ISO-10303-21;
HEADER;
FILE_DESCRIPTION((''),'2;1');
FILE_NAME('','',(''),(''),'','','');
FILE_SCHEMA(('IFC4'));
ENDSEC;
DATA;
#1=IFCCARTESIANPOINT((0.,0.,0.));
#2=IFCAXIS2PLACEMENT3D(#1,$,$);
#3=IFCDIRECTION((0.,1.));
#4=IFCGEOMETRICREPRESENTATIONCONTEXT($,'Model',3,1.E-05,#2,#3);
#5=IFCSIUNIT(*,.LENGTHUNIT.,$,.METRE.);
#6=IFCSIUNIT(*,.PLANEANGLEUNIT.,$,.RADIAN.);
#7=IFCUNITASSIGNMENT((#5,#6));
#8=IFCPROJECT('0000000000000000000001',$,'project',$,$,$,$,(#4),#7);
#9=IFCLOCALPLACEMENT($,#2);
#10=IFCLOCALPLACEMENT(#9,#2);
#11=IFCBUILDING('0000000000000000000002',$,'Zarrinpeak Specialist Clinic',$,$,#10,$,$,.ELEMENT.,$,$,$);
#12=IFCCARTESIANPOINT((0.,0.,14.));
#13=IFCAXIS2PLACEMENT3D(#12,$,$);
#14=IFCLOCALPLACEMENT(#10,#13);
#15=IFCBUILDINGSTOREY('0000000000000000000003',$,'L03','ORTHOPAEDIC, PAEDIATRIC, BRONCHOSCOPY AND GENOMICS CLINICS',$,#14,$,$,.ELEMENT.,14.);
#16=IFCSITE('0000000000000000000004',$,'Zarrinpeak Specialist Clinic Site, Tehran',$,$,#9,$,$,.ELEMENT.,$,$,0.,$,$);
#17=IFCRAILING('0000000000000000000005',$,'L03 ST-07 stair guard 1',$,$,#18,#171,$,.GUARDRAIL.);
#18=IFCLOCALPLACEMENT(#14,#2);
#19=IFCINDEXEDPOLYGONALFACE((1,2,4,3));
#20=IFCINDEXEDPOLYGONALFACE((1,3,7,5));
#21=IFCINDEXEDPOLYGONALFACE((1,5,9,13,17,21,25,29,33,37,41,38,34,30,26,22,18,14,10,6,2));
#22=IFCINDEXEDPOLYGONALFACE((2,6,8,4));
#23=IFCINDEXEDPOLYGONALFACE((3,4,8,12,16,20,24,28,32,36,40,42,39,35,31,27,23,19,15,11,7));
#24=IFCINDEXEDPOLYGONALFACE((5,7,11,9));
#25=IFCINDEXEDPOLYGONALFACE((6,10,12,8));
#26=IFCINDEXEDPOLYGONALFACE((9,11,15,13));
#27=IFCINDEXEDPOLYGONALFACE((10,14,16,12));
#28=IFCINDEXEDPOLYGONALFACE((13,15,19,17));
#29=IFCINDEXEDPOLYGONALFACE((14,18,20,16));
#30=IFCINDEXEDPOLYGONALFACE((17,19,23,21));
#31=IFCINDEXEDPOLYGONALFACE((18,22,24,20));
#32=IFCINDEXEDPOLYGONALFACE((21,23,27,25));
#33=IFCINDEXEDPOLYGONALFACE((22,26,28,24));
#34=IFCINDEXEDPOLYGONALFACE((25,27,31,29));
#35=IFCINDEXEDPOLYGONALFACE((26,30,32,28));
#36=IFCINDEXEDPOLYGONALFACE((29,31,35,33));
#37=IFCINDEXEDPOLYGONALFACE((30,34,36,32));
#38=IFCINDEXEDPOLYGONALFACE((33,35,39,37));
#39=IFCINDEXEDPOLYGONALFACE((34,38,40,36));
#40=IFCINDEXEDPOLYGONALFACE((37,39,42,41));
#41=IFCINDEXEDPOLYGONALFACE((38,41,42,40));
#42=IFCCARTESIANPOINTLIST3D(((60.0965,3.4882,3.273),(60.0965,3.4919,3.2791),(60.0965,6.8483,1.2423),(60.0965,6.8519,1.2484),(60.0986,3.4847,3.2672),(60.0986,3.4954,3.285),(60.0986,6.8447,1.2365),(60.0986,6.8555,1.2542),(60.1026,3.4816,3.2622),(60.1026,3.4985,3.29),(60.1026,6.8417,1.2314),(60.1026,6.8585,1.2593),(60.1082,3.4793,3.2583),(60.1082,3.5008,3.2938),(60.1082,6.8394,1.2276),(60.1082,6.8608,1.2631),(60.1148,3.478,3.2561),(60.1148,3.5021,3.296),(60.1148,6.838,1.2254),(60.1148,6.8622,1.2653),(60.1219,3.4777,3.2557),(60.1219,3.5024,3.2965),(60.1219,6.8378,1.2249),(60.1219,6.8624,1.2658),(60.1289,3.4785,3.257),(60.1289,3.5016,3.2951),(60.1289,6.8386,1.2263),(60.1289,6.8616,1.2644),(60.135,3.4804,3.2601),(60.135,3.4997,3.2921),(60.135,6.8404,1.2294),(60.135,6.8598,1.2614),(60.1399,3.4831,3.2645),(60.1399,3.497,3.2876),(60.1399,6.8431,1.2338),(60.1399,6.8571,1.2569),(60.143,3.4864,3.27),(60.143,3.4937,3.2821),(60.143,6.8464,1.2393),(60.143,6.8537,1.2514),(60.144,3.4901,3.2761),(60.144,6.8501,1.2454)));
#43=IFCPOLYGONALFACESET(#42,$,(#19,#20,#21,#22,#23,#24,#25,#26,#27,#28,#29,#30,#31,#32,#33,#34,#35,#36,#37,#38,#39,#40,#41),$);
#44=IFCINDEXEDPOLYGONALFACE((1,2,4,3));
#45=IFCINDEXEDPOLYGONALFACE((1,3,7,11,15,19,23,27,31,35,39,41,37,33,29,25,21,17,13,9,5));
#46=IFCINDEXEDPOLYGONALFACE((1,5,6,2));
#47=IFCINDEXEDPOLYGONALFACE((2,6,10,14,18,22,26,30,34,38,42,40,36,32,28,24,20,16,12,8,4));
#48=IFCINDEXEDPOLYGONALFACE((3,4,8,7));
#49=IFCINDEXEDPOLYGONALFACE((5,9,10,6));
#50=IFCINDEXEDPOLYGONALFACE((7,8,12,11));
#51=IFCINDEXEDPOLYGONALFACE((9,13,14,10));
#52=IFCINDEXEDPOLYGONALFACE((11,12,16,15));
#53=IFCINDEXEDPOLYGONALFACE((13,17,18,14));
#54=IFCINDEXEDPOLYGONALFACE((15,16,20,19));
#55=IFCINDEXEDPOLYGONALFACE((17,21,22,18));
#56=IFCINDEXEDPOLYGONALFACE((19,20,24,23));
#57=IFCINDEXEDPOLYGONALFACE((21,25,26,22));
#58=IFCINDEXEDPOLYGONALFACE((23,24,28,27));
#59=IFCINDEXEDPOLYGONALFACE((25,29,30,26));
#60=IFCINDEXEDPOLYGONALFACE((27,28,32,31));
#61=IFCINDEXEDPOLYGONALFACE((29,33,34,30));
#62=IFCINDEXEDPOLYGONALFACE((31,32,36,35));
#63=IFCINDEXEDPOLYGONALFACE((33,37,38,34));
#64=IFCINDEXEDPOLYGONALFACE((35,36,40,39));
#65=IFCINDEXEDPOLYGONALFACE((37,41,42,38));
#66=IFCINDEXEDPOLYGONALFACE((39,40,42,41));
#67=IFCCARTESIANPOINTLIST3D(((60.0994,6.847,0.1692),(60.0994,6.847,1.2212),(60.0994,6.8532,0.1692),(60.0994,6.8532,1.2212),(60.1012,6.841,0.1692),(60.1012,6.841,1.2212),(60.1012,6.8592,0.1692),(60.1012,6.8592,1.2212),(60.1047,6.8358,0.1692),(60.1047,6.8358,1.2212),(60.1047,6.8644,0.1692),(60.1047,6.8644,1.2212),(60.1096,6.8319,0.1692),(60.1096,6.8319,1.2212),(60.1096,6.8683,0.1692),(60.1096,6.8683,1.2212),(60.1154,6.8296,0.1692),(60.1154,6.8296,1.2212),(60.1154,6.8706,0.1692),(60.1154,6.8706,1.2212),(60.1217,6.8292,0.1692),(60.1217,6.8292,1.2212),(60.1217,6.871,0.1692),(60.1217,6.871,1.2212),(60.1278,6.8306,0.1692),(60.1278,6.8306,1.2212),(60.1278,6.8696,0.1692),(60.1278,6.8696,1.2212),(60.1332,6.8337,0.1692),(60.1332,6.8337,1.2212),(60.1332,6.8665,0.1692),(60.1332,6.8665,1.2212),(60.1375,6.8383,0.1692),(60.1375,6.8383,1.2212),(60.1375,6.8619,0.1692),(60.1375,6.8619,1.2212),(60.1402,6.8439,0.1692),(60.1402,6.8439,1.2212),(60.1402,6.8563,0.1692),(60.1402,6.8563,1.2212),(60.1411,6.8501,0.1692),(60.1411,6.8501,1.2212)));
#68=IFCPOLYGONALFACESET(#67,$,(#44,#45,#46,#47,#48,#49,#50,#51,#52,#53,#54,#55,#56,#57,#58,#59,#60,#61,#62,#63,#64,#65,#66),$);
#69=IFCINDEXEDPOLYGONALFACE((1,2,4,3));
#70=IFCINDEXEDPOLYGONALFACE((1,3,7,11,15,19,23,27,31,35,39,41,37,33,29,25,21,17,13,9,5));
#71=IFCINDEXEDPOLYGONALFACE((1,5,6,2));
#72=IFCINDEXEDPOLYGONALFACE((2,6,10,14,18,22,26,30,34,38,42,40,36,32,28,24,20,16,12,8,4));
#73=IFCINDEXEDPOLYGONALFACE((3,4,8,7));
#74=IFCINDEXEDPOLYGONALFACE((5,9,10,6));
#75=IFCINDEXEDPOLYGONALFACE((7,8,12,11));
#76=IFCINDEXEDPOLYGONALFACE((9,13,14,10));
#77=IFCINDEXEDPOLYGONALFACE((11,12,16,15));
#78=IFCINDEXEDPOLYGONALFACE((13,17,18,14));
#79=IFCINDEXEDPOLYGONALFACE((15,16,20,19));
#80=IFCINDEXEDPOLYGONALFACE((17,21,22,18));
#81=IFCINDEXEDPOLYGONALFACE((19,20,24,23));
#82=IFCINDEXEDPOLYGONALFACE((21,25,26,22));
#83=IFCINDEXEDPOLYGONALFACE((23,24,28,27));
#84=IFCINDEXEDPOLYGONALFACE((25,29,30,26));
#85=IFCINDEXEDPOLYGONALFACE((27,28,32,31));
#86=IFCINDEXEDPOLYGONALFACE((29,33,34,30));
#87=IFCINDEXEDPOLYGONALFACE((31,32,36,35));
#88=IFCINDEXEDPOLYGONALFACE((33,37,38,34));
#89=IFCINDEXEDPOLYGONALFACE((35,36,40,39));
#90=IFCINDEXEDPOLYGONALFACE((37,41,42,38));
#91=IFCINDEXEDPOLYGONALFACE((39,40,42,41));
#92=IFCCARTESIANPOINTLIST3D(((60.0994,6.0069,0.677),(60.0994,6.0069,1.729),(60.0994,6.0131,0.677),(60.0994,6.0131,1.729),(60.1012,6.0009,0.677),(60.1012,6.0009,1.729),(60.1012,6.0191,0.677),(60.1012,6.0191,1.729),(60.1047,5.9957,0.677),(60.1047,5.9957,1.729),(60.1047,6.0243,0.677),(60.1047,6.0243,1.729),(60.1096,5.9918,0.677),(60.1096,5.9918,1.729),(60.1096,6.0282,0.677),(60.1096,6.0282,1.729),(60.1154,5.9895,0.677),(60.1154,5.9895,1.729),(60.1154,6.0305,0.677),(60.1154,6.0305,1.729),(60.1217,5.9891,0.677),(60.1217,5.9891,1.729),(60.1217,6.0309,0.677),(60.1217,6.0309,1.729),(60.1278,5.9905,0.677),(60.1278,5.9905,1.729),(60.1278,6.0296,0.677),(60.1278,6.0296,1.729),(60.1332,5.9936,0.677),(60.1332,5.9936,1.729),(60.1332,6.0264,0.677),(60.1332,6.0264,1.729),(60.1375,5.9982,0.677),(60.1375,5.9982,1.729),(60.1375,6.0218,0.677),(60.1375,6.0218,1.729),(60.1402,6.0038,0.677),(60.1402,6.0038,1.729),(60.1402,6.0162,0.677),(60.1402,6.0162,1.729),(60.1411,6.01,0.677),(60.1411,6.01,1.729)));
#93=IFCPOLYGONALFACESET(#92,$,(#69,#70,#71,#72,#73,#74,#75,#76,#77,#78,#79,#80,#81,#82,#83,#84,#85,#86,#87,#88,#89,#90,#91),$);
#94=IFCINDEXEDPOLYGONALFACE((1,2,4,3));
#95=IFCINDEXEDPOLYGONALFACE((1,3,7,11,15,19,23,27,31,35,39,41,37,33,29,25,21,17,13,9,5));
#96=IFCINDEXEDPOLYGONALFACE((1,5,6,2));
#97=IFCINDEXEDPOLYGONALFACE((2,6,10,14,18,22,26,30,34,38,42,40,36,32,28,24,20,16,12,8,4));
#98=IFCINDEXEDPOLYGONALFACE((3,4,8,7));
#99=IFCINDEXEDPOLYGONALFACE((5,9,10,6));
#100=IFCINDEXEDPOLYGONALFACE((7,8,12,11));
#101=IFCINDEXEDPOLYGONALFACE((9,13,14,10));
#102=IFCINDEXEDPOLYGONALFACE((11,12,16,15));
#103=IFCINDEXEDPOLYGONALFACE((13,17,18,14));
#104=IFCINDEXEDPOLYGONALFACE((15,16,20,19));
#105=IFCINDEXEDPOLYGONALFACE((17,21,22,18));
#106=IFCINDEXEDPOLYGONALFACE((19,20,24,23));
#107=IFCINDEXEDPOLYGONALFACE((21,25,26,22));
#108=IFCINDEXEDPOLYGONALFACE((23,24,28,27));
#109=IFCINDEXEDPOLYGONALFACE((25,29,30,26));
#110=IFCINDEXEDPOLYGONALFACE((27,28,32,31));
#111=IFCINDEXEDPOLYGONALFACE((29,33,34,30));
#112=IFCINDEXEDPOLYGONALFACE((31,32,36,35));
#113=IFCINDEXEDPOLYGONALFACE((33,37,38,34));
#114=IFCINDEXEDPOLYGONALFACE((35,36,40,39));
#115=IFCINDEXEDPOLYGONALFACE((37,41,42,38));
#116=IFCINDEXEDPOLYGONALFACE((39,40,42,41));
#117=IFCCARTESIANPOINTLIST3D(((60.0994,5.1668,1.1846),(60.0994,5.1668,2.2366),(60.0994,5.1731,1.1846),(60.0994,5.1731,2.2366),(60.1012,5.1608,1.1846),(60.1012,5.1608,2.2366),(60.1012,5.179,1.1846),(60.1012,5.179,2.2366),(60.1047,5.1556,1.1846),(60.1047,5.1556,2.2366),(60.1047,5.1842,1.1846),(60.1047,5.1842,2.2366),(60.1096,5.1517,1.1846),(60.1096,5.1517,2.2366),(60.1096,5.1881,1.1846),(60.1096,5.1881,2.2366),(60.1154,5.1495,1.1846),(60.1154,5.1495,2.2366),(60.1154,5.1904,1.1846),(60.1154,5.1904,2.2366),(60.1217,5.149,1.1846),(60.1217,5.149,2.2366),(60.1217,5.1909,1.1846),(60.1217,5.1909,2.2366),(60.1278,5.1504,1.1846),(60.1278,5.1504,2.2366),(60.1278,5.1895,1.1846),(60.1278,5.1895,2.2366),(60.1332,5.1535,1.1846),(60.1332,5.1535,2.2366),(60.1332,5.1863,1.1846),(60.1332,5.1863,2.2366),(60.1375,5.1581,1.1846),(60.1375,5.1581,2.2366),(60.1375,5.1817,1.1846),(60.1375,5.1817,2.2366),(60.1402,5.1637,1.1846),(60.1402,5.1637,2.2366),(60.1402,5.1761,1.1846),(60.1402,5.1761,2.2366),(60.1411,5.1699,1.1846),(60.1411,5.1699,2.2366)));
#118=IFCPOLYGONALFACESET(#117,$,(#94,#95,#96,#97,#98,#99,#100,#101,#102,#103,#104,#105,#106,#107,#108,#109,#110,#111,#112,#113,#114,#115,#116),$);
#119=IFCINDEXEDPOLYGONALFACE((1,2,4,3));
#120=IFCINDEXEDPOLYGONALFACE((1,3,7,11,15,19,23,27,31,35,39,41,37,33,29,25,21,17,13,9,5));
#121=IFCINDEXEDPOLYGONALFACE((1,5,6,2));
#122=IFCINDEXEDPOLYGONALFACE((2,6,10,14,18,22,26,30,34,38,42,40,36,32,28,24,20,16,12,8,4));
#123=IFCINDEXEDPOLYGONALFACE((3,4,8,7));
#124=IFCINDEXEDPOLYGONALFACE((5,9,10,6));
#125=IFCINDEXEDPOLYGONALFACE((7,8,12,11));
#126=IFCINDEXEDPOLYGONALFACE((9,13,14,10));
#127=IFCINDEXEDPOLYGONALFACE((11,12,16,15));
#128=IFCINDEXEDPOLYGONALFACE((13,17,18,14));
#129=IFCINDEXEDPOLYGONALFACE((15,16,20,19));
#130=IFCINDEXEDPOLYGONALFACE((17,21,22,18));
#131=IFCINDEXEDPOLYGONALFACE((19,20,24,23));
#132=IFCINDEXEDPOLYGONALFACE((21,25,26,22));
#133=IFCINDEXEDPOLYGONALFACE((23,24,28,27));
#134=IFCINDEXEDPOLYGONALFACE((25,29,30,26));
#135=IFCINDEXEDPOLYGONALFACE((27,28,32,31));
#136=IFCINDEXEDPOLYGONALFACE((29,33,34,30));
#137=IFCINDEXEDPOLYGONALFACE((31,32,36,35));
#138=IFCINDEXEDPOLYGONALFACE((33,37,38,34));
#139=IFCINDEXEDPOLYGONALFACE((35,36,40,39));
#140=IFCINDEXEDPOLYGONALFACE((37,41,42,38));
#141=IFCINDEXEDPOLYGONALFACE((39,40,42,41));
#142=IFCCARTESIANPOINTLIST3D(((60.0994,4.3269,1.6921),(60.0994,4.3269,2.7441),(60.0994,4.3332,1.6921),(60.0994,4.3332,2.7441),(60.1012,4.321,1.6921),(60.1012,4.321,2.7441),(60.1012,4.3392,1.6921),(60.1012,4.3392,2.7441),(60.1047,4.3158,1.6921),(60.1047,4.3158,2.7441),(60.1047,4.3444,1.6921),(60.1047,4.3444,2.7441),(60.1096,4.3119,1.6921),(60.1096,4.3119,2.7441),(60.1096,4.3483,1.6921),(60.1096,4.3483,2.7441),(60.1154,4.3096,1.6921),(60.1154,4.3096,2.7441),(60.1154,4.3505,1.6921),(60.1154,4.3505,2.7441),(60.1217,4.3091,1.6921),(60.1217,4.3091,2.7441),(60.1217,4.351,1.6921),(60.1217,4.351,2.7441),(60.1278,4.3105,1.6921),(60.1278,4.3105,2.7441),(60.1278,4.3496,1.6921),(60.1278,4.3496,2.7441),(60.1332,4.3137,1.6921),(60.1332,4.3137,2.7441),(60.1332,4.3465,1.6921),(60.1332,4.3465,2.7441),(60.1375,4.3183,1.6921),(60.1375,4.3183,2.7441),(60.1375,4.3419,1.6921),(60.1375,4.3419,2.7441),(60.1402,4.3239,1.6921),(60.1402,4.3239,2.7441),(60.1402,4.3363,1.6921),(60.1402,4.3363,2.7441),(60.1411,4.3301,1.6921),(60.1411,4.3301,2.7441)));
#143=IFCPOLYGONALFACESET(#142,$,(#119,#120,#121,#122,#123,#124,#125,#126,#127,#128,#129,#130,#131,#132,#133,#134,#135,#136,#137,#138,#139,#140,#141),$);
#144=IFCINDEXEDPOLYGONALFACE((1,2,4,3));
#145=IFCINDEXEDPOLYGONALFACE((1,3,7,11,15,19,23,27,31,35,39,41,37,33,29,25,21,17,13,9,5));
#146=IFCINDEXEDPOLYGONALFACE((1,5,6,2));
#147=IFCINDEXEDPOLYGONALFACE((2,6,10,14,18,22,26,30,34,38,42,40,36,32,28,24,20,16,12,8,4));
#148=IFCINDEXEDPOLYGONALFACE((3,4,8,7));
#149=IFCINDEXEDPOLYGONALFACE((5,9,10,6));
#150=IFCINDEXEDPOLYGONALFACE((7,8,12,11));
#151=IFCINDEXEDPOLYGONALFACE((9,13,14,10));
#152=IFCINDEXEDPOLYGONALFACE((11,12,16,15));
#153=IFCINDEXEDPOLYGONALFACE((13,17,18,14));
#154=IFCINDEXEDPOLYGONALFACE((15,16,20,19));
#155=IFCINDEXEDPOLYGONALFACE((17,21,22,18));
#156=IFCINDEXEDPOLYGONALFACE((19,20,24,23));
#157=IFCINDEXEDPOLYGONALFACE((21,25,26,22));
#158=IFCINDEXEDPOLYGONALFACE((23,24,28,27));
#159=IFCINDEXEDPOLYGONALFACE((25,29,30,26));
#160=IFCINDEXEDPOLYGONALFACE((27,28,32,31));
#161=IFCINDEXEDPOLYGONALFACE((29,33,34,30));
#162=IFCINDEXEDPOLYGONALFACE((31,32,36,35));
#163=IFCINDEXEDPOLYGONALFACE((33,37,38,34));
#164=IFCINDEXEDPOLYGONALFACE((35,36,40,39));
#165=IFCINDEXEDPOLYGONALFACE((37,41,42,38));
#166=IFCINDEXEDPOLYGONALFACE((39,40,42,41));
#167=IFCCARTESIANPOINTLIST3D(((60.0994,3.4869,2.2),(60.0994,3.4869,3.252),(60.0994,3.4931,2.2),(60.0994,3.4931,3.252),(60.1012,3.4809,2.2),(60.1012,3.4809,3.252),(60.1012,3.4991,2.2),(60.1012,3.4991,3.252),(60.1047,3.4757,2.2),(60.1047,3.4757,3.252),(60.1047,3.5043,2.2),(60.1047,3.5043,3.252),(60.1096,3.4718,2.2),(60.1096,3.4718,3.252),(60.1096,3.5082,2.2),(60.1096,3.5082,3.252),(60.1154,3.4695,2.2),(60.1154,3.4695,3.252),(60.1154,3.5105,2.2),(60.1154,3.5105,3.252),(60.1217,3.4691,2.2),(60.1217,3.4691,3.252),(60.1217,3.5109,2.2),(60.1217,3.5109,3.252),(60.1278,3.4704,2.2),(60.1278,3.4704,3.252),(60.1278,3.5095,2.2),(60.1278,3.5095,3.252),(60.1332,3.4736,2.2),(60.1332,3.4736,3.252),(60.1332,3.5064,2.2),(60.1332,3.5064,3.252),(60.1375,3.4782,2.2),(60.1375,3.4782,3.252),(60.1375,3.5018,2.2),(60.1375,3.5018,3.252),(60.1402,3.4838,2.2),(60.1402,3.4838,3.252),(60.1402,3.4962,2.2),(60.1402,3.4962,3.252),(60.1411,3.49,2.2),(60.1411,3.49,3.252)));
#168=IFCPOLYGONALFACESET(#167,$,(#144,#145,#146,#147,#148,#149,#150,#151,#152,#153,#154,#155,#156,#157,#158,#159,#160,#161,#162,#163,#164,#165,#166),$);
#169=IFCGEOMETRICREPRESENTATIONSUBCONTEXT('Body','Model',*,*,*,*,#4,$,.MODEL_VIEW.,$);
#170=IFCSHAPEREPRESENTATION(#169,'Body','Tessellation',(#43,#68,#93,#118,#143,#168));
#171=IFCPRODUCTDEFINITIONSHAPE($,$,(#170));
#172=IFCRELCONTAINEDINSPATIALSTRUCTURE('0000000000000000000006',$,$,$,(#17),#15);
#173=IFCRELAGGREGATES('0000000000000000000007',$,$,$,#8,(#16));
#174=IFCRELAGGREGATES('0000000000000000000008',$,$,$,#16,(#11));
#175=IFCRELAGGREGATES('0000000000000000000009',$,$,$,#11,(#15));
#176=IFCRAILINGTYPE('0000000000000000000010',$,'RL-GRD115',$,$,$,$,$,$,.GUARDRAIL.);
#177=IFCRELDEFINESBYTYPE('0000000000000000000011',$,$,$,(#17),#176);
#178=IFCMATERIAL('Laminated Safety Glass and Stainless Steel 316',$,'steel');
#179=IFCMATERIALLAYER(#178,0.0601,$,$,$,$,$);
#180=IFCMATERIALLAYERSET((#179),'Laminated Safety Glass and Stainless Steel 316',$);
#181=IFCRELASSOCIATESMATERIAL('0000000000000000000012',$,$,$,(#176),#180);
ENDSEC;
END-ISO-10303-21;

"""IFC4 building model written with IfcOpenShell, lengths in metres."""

from ifc_helpers import new_model, si_unit, direction, frame, origin, origin_2d, place, context, subcontext, project, spatial, circle, extrude, material, layer, layer_set, type_object, element, save


model = new_model("IFC4")

# Units and contexts
model_context = context("Model", 3, precision=1e-05, world=origin(), true_north=direction((0.0, 1.0)))
body_context = subcontext(model_context, "Body", "Model", "MODEL_VIEW")
ifc_project = project(units=[si_unit("LENGTHUNIT", "METRE"), si_unit("PLANEANGLEUNIT", "RADIAN")], contexts=[model_context])

# Site, building, storey
site_placement = place(None, origin())
site = spatial("IfcSite", under=ifc_project, at=site_placement, Name="Zarrinpeak Specialist Clinic Site, Tehran", CompositionType="ELEMENT", RefElevation=0.0)
building_placement = place(site_placement, origin())
building = spatial("IfcBuilding", under=site, at=building_placement, Name="Zarrinpeak Specialist Clinic", CompositionType="ELEMENT")
storey_placement = place(building_placement, frame((0.0, 0.0, 14.0)))
storey = spatial("IfcBuildingStorey", under=building, at=storey_placement, Name="L03", Description="ORTHOPAEDIC, PAEDIATRIC, BRONCHOSCOPY AND GENOMICS CLINICS", CompositionType="ELEMENT", Elevation=14.0)

# Railing
ifc_material_1 = material(Name="Laminated Safety Glass and Stainless Steel 316", Category="steel")
ifc_layer_1 = layer(ifc_material_1, 0.0601)
ifc_layer_set_1 = layer_set([ifc_layer_1], Name="Laminated Safety Glass and Stainless Steel 316")
railing_type = type_object("IfcRailingType", Name="RL-GRD115", PredefinedType="GUARDRAIL", material=ifc_layer_set_1)
railing_1_placement = place(storey_placement, frame((60.1201, 6.8501, 0.1692)))
element("IfcRailing", 1, at=railing_1_placement, inside=storey, type_object=railing_type, Name="L03 ST-07 stair guard 1", PredefinedType="GUARDRAIL", context=body_context, shape_type="SweptSolid", body=[
    extrude(circle(Radius=0.0239, at=origin_2d()), frame((0.0, 0.0, 1.0762), z_axis=(0.0, -0.855837, 0.517246), x_axis=(1.0, 0.0, 0.0)), (0.0, 0.0, 1.0), 3.926),
    extrude(circle(Radius=0.021, at=origin_2d()), origin(), (0.0, 0.0, 1.0), 1.052),
    extrude(circle(Radius=0.021, at=origin_2d()), frame((0.0, -0.8401, 0.5078)), (0.0, 0.0, 1.0), 1.052),
    extrude(circle(Radius=0.021, at=origin_2d()), frame((0.0, -1.6802, 1.0154)), (0.0, 0.0, 1.0), 1.052),
    extrude(circle(Radius=0.021, at=origin_2d()), frame((0.0, -2.52, 1.5229)), (0.0, 0.0, 1.0), 1.052),
    extrude(circle(Radius=0.021, at=origin_2d()), frame((0.0, -3.3601, 2.0308)), (0.0, 0.0, 1.0), 1.052),
])

save(model, "model.ifc")
